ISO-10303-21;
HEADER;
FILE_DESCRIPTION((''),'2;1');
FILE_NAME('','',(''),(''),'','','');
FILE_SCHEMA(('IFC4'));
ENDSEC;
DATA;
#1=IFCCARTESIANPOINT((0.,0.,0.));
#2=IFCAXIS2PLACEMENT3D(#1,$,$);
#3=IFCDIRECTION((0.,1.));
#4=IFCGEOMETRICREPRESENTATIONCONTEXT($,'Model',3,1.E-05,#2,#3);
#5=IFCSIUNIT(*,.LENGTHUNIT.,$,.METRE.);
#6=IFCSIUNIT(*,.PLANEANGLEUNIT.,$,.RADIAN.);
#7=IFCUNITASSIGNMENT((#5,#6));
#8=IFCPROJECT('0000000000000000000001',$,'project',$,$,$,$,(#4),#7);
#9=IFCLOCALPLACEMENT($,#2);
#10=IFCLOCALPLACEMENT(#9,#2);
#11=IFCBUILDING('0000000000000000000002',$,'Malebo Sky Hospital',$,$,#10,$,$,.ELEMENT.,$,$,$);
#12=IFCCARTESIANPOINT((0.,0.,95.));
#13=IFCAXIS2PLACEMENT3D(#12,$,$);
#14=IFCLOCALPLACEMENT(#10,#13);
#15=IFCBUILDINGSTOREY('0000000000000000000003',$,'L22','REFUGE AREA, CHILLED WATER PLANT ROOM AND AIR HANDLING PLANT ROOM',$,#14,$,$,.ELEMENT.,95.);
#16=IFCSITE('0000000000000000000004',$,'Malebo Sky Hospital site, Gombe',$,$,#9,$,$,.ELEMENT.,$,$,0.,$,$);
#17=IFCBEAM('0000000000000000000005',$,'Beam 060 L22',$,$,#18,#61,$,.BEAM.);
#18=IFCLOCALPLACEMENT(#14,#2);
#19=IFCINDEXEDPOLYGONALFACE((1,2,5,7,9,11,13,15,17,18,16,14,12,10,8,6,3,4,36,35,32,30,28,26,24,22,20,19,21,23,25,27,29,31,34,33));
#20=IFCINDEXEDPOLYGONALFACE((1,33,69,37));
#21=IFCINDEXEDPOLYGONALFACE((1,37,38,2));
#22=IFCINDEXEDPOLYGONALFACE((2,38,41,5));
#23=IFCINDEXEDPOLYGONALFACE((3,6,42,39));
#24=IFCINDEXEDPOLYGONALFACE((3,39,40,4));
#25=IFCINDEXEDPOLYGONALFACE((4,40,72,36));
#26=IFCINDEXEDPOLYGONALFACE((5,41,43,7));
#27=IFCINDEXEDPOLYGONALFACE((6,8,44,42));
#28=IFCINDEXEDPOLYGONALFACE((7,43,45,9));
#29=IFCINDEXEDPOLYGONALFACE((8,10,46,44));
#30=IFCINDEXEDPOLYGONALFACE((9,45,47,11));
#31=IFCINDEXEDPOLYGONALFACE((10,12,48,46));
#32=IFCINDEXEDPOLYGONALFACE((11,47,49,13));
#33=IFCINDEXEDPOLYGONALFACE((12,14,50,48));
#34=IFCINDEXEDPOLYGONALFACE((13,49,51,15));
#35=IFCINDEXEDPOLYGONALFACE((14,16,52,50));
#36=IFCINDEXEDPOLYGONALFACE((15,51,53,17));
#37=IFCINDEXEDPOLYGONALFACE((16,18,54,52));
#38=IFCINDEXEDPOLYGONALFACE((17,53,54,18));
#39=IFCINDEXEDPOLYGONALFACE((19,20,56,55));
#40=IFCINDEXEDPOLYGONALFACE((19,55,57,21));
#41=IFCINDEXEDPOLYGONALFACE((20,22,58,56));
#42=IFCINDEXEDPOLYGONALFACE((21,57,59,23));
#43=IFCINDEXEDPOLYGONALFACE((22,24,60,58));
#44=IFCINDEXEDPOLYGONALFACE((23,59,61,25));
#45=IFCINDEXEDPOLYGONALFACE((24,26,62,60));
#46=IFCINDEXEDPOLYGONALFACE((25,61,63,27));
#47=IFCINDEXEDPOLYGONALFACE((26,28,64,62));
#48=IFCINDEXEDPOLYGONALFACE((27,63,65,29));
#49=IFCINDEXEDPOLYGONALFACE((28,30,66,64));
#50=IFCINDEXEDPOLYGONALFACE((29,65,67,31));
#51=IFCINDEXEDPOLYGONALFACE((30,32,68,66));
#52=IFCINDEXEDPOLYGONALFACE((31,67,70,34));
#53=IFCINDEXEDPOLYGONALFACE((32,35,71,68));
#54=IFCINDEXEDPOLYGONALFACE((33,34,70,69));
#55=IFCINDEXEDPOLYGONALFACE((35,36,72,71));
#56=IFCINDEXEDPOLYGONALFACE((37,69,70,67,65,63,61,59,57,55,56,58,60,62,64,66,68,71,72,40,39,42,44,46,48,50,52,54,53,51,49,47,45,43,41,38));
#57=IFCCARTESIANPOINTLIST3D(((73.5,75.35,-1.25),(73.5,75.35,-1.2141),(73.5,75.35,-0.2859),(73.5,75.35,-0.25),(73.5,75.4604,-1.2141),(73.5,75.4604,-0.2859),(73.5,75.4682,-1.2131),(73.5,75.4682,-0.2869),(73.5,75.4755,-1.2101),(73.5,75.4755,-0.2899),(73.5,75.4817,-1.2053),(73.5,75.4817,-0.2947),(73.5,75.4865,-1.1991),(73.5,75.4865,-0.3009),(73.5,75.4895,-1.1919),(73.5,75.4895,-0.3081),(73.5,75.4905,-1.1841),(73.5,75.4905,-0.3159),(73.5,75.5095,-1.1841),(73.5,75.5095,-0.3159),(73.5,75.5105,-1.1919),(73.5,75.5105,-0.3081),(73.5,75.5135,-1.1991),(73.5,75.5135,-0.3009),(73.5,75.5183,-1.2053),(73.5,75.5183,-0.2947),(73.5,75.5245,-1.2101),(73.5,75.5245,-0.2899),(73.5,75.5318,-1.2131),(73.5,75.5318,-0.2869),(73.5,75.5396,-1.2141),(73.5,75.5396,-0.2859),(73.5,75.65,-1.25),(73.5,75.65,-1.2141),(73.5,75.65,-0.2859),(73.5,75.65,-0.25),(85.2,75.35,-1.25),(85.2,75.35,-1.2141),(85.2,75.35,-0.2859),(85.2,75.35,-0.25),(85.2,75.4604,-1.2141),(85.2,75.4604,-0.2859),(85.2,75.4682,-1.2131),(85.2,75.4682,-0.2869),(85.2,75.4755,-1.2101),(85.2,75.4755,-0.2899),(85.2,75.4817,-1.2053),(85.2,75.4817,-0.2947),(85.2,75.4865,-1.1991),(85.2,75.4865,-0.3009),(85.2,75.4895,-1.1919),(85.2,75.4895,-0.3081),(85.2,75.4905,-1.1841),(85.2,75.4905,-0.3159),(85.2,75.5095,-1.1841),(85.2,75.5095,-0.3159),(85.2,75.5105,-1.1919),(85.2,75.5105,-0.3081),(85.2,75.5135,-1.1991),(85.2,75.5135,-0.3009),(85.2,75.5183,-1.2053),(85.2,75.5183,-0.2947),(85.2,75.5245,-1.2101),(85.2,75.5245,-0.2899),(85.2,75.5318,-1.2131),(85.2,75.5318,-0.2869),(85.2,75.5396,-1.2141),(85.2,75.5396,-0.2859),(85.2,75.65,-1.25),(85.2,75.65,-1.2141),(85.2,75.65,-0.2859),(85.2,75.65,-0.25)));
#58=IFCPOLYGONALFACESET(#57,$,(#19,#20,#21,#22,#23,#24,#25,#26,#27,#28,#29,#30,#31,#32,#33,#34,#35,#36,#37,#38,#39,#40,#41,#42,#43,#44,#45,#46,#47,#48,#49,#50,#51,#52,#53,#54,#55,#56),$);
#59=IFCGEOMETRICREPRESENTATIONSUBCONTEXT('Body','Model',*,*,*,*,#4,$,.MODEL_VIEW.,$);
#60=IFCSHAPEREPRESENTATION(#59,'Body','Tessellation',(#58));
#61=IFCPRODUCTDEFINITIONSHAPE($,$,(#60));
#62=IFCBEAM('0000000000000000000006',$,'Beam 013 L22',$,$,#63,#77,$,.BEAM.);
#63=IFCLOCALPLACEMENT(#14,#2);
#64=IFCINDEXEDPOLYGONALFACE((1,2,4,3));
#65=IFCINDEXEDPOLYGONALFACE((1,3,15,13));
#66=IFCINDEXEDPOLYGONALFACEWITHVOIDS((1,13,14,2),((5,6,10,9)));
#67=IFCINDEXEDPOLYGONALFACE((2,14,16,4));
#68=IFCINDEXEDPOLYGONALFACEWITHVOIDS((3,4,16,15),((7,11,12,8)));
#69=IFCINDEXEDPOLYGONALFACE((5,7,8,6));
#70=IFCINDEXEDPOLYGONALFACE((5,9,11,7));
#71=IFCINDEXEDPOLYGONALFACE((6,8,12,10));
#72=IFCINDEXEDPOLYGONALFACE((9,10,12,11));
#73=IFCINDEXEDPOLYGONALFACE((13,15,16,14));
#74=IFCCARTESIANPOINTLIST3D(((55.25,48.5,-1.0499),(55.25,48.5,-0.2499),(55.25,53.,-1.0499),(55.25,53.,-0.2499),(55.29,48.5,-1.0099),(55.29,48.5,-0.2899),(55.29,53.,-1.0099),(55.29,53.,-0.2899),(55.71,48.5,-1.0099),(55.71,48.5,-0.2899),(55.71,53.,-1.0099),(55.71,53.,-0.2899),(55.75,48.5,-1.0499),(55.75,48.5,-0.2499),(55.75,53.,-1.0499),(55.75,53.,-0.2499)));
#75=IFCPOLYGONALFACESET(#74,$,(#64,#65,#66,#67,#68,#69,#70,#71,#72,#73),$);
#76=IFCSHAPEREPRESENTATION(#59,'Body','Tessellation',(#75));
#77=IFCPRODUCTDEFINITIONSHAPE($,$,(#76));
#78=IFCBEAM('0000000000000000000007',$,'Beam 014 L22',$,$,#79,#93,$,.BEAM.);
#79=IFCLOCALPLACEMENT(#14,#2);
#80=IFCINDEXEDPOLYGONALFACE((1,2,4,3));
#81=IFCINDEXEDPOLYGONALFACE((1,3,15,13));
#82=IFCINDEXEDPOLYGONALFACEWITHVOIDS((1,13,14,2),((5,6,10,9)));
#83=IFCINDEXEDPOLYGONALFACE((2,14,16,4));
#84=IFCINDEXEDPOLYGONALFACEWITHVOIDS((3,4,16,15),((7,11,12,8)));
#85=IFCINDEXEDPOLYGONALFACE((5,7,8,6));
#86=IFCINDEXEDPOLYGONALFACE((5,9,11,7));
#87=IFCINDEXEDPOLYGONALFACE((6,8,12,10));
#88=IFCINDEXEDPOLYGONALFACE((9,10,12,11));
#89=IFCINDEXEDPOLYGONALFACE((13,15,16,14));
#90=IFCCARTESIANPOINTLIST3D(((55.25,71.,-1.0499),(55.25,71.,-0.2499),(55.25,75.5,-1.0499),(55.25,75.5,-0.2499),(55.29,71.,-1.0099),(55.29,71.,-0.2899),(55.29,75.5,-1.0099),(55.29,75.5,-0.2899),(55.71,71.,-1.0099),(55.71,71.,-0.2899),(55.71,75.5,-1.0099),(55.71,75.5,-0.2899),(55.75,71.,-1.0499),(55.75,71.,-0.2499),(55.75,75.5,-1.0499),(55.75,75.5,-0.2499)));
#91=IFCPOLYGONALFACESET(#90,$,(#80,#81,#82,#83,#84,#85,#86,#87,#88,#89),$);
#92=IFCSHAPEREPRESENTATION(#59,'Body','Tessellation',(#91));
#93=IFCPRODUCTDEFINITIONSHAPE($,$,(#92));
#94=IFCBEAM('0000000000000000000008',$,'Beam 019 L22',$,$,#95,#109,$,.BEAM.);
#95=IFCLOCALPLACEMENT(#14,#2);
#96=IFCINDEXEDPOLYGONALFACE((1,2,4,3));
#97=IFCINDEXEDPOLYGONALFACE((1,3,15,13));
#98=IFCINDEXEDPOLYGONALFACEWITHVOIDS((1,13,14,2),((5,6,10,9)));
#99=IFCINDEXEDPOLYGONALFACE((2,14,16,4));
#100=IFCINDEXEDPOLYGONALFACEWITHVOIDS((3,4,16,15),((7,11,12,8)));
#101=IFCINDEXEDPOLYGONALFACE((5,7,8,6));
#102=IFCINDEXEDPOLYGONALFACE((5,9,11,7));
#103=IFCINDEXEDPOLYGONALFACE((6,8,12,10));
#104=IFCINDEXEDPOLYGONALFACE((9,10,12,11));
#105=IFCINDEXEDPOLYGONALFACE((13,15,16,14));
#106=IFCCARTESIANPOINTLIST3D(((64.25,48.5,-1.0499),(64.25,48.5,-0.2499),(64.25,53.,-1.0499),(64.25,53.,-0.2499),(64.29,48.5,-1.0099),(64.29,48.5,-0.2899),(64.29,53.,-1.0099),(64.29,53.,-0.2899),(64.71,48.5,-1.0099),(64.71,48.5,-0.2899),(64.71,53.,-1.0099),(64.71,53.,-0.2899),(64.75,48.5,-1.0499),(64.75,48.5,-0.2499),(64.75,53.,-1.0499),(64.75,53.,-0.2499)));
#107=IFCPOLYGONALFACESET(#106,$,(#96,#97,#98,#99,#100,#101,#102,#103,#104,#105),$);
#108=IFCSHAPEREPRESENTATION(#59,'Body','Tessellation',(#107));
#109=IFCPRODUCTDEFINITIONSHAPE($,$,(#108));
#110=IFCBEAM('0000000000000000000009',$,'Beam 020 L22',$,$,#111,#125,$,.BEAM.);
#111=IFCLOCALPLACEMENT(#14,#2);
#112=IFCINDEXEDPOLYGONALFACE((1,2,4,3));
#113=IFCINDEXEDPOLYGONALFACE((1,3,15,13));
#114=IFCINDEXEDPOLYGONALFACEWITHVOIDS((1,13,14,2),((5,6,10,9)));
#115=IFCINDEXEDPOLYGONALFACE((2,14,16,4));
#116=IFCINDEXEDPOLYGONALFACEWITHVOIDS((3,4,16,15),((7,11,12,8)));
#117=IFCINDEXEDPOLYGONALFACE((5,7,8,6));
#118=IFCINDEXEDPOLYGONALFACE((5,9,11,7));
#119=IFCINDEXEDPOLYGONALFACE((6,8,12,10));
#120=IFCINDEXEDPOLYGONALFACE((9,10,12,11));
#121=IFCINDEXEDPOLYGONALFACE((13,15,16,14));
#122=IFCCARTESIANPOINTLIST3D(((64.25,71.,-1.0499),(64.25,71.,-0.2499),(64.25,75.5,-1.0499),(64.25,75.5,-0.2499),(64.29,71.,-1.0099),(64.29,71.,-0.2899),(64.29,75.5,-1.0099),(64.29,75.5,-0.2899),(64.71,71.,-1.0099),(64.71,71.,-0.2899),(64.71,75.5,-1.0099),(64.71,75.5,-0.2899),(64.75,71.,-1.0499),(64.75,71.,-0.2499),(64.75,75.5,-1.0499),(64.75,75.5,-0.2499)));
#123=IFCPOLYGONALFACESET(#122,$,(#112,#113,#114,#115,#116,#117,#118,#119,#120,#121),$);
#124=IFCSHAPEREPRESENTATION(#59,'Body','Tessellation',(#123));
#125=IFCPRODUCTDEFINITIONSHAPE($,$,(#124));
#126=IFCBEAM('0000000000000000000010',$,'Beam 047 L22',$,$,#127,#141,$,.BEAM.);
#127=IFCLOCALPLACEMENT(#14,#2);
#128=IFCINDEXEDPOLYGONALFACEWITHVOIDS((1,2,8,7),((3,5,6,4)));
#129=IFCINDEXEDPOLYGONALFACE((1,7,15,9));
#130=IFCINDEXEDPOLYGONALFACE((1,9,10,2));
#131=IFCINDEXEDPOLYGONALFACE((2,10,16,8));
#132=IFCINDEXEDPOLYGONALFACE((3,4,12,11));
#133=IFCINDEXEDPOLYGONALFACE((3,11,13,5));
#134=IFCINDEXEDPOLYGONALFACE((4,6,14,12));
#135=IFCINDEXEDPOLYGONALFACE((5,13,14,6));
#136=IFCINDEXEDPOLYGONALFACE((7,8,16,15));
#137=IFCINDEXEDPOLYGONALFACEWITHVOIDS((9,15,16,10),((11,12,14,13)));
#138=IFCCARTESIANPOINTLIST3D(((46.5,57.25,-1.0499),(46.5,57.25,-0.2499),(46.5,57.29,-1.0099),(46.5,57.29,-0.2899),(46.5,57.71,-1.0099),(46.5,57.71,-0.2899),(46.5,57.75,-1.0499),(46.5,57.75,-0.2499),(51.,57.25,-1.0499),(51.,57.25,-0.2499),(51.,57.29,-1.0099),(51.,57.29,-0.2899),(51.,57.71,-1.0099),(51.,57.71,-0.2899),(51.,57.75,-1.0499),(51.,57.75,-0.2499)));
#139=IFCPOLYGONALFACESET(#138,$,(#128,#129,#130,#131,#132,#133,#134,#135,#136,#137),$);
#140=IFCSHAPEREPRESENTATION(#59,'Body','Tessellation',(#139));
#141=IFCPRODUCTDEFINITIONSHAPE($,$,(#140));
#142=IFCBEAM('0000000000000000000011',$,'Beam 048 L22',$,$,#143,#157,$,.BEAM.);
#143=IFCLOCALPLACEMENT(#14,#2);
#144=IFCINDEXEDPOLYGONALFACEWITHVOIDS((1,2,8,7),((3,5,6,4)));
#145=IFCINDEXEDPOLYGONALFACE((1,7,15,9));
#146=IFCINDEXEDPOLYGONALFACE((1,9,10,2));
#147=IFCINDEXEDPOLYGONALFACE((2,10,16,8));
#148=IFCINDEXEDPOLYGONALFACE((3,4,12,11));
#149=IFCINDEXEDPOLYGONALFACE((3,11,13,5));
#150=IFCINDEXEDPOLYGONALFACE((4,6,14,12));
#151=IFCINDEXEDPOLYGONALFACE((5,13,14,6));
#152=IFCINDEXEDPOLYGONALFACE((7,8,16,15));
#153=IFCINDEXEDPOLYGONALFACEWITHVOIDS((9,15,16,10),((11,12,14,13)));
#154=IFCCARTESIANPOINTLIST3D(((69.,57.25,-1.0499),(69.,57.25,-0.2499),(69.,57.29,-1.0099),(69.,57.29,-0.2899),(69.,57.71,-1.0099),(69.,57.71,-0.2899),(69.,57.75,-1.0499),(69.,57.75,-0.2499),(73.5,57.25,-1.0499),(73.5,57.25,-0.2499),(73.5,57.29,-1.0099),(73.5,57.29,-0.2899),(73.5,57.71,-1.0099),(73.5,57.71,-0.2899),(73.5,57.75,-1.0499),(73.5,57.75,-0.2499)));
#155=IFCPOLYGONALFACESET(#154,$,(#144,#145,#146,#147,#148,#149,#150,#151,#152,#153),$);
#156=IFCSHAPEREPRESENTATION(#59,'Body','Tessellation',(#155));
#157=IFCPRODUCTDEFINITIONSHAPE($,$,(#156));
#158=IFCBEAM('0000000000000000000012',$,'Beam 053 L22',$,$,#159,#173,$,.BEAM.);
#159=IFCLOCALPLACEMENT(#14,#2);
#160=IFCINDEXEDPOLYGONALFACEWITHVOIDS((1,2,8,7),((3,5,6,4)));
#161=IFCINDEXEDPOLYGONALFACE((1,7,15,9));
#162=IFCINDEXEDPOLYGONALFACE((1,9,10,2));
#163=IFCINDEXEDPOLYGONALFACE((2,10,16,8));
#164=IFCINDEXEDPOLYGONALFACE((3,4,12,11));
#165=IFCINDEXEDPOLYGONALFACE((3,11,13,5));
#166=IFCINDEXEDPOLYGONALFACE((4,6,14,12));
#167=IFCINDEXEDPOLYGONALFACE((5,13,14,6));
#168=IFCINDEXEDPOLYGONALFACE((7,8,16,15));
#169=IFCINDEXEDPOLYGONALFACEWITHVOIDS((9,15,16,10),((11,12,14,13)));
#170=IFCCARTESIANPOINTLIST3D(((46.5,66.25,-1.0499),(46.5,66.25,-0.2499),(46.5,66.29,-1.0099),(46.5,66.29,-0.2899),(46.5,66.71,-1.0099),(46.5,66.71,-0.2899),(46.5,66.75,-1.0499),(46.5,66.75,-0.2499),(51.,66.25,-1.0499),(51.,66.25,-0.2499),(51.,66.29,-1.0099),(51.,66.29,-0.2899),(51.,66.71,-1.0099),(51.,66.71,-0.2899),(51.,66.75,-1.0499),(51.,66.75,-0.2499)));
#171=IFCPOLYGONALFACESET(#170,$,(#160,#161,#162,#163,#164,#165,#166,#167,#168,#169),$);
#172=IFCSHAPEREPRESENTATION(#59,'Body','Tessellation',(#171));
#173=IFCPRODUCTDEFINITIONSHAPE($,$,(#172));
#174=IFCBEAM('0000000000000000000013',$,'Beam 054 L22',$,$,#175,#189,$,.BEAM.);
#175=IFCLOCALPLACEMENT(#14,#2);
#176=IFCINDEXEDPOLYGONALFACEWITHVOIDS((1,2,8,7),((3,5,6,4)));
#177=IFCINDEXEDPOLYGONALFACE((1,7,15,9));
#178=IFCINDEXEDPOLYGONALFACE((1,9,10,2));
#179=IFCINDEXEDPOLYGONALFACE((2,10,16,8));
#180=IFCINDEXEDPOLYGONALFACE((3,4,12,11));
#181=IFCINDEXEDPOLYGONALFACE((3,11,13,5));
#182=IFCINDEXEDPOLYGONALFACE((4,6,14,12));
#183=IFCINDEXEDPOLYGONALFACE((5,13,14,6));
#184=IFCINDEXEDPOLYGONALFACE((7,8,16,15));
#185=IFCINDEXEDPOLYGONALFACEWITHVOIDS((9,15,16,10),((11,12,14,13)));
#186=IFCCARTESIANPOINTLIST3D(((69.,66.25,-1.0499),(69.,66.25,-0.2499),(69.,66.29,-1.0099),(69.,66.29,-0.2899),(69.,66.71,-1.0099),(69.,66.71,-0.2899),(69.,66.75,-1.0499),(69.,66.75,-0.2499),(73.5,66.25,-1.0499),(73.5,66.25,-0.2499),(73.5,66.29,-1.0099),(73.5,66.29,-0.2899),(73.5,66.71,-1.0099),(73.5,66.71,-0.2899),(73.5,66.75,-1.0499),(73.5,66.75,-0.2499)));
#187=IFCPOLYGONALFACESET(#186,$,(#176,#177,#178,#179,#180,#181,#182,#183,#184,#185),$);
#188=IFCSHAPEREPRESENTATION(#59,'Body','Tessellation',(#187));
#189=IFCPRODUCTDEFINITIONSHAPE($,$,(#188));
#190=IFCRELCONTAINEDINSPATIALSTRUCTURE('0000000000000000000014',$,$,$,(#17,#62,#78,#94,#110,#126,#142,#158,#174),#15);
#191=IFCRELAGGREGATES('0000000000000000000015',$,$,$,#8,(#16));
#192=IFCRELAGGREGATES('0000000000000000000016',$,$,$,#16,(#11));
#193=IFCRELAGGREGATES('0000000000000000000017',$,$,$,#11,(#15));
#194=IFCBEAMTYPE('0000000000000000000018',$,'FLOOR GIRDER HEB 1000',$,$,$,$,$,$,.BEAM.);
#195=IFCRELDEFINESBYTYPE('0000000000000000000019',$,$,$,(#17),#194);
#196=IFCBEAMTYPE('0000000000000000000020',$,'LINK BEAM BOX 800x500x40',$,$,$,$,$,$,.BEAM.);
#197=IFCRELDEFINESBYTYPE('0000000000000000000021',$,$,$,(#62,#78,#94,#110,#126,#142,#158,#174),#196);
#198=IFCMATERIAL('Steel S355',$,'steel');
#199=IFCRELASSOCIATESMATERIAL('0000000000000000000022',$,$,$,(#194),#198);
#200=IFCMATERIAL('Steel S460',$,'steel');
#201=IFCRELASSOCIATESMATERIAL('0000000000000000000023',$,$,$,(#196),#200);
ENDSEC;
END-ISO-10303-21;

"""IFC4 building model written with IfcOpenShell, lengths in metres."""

from ifc_helpers import new_model, si_unit, direction, frame, origin, origin_2d, place, context, subcontext, project, spatial, hollow_rectangle, i_section, extrude, material, material_profile, profile_set, type_object, element, save


model = new_model("IFC4")

# Units and contexts
model_context = context("Model", 3, precision=1e-05, world=origin(), true_north=direction((0.0, 1.0)))
body_context = subcontext(model_context, "Body", "Model", "MODEL_VIEW")
ifc_project = project(units=[si_unit("LENGTHUNIT", "METRE"), si_unit("PLANEANGLEUNIT", "RADIAN")], contexts=[model_context])

# Site, building, storey
site_placement = place(None, origin())
site = spatial("IfcSite", under=ifc_project, at=site_placement, Name="Malebo Sky Hospital site, Gombe", CompositionType="ELEMENT", RefElevation=0.0)
building_placement = place(site_placement, origin())
building = spatial("IfcBuilding", under=site, at=building_placement, Name="Malebo Sky Hospital", CompositionType="ELEMENT")
storey_placement = place(building_placement, frame((0.0, 0.0, 95.0)))
storey = spatial("IfcBuildingStorey", under=building, at=storey_placement, Name="L22", Description="REFUGE AREA, CHILLED WATER PLANT ROOM AND AIR HANDLING PLANT ROOM", CompositionType="ELEMENT", Elevation=95.0)

# Beams
ifc_material_1 = material(Name="Steel S355", Category="steel")
ifc_material_profile_1 = material_profile(ifc_material_1, i_section(OverallWidth=0.3, OverallDepth=1.0, WebThickness=0.019, FlangeThickness=0.0359, FilletRadius=0.03, at=origin_2d()), Name="HEB 1000")
ifc_profile_set_1 = profile_set([ifc_material_profile_1], Name="Steel S355")
beam_type_1 = type_object("IfcBeamType", Name="FLOOR GIRDER HEB 1000", PredefinedType="BEAM", material=ifc_profile_set_1)
for number, where, z_axis, x_axis, name in (
    (1, (73.5, 75.5, -0.75), (1.0, 0.0, 0.0), (0.0, 1.0, 0.0), "Beam 060 L22"),
):
    element("IfcBeam", number, at=place(storey_placement, frame(where, z_axis=z_axis, x_axis=x_axis)), inside=storey, type_object=beam_type_1, Name=name, PredefinedType="BEAM", context=body_context, shape_type="SweptSolid", body=[
        extrude(i_section(OverallWidth=0.3, OverallDepth=1.0, WebThickness=0.019, FlangeThickness=0.0359, FilletRadius=0.03, at=origin_2d()), origin(), (0.0, 0.0, 1.0), 11.7),
    ])
ifc_material_2 = material(Name="Steel S460", Category="steel")
ifc_material_profile_2 = material_profile(ifc_material_2, hollow_rectangle(XDim=0.5, YDim=0.8, WallThickness=0.04, at=origin_2d()), Name="BOX 800x500x40")
ifc_profile_set_2 = profile_set([ifc_material_profile_2], Name="Steel S460")
beam_type_2 = type_object("IfcBeamType", Name="LINK BEAM BOX 800x500x40", PredefinedType="BEAM", material=ifc_profile_set_2)
for number, where, z_axis, x_axis, name in (
    (2, (55.5, 48.5, -0.6499), (0.0, 1.0, 0.0), (-1.0, 0.0, 0.0), "Beam 013 L22"),
    (3, (55.5, 71.0, -0.6499), (0.0, 1.0, 0.0), (-1.0, 0.0, 0.0), "Beam 014 L22"),
    (4, (64.5, 48.5, -0.6499), (0.0, 1.0, 0.0), (-1.0, 0.0, 0.0), "Beam 019 L22"),
    (5, (64.5, 71.0, -0.6499), (0.0, 1.0, 0.0), (-1.0, 0.0, 0.0), "Beam 020 L22"),
    (6, (46.5, 57.5, -0.6499), (1.0, 0.0, 0.0), (0.0, 1.0, 0.0), "Beam 047 L22"),
    (7, (69.0, 57.5, -0.6499), (1.0, 0.0, 0.0), (0.0, 1.0, 0.0), "Beam 048 L22"),
    (8, (46.5, 66.5, -0.6499), (1.0, 0.0, 0.0), (0.0, 1.0, 0.0), "Beam 053 L22"),
    (9, (69.0, 66.5, -0.6499), (1.0, 0.0, 0.0), (0.0, 1.0, 0.0), "Beam 054 L22"),
):
    element("IfcBeam", number, at=place(storey_placement, frame(where, z_axis=z_axis, x_axis=x_axis)), inside=storey, type_object=beam_type_2, Name=name, PredefinedType="BEAM", context=body_context, shape_type="SweptSolid", body=[
        extrude(hollow_rectangle(XDim=0.5, YDim=0.8, WallThickness=0.04, at=origin_2d()), origin(), (0.0, 0.0, 1.0), 4.5),
    ])

save(model, "model.ifc")
